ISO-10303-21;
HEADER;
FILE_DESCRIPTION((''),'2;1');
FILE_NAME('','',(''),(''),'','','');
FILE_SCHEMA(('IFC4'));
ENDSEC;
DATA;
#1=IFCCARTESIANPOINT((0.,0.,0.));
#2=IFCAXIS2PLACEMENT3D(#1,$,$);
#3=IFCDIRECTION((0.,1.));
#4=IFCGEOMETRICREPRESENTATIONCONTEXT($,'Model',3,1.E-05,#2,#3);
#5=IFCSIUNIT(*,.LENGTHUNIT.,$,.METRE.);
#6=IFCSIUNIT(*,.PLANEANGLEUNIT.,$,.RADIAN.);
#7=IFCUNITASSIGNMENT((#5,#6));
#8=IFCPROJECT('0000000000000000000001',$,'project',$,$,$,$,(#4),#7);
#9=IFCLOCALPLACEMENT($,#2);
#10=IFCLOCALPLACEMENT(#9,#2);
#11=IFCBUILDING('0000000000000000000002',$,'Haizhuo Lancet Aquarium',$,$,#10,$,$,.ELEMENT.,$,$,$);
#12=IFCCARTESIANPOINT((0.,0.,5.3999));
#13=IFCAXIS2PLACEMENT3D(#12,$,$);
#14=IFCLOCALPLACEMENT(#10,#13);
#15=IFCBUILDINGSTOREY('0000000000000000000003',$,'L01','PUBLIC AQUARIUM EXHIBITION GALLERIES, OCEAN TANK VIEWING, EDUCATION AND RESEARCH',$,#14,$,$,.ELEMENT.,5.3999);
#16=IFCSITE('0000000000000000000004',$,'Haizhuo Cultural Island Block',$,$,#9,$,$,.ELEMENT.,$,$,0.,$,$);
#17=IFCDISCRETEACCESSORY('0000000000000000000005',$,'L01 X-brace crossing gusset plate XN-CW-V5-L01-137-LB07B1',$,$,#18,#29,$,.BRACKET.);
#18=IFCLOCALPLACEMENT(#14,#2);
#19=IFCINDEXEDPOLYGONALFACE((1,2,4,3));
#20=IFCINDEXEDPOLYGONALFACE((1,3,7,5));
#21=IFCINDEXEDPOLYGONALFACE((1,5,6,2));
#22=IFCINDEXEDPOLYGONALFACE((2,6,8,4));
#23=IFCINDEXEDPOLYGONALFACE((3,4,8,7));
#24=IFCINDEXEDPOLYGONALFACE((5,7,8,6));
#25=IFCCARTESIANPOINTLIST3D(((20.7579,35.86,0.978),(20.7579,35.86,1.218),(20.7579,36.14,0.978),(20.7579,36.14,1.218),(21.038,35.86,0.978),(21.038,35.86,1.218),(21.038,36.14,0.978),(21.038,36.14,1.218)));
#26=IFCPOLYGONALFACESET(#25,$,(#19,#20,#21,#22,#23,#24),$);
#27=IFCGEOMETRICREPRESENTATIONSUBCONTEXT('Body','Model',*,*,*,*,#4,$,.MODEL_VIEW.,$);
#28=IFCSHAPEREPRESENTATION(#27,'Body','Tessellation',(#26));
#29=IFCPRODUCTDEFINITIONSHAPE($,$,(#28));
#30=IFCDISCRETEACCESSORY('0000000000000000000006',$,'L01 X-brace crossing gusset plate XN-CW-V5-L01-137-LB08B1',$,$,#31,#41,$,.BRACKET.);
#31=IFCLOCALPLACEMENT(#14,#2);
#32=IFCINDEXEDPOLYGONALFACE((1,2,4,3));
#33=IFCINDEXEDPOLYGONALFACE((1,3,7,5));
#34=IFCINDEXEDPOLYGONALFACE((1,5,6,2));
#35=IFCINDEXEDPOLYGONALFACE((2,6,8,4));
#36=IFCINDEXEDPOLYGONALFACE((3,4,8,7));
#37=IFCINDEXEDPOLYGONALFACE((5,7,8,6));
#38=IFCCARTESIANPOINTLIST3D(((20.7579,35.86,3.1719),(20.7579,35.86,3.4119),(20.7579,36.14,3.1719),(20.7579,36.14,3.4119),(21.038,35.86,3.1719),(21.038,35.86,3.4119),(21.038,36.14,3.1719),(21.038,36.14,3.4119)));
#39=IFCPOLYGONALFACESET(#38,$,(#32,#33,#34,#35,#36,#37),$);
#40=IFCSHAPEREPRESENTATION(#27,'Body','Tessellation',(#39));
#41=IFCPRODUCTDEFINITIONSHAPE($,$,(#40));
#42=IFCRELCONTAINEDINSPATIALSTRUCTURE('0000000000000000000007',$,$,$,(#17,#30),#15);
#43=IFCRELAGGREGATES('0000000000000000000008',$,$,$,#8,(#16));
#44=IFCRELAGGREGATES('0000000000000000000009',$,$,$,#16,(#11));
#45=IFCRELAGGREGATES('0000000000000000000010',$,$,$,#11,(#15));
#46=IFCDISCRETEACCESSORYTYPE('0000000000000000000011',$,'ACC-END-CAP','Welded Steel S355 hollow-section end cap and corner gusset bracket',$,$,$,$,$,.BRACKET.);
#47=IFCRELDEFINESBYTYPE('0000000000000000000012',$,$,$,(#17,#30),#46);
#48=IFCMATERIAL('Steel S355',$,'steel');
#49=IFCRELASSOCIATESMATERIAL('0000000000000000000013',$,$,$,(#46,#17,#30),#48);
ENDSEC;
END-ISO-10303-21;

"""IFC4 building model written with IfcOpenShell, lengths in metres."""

from ifc_helpers import new_model, si_unit, direction, frame, origin, origin_2d, place, context, subcontext, project, spatial, rectangle, extrude, material, type_object, element, save


model = new_model("IFC4")

# Units and contexts
model_context = context("Model", 3, precision=1e-05, world=origin(), true_north=direction((0.0, 1.0)))
body_context = subcontext(model_context, "Body", "Model", "MODEL_VIEW")
ifc_project = project(units=[si_unit("LENGTHUNIT", "METRE"), si_unit("PLANEANGLEUNIT", "RADIAN")], contexts=[model_context])

# Site, building, storey
site_placement = place(None, origin())
site = spatial("IfcSite", under=ifc_project, at=site_placement, Name="Haizhuo Cultural Island Block", CompositionType="ELEMENT", RefElevation=0.0)
building_placement = place(site_placement, origin())
building = spatial("IfcBuilding", under=site, at=building_placement, Name="Haizhuo Lancet Aquarium", CompositionType="ELEMENT")
storey_placement = place(building_placement, frame((0.0, 0.0, 5.3999)))
storey = spatial("IfcBuildingStorey", under=building, at=storey_placement, Name="L01", Description="PUBLIC AQUARIUM EXHIBITION GALLERIES, OCEAN TANK VIEWING, EDUCATION AND RESEARCH", CompositionType="ELEMENT", Elevation=5.3999)

# Shared definitions
ifc_material_1 = material(Name="Steel S355", Category="steel")

# Discrete accessories
discrete_accessory_type = type_object("IfcDiscreteAccessoryType", Name="ACC-END-CAP", Description="Welded Steel S355 hollow-section end cap and corner gusset bracket", PredefinedType="BRACKET", material=ifc_material_1)
for number, where, z_axis, x_axis, name in (
    (1, (20.8979, 36.0, 0.978), (0.0, 0.0, 1.0), (1.0, 0.0, 0.0), "L01 X-brace crossing gusset plate XN-CW-V5-L01-137-LB07B1"),
    (2, (20.8979, 36.0, 3.1719), (0.0, 0.0, 1.0), (1.0, 0.0, 0.0), "L01 X-brace crossing gusset plate XN-CW-V5-L01-137-LB08B1"),
):
    element("IfcDiscreteAccessory", number, at=place(storey_placement, frame(where, z_axis=z_axis, x_axis=x_axis)), inside=storey, type_object=discrete_accessory_type, material=ifc_material_1, Name=name, PredefinedType="BRACKET", context=body_context, shape_type="SweptSolid", body=[
        extrude(rectangle(XDim=0.28, YDim=0.28, at=origin_2d()), origin(), (0.0, 0.0, 1.0), 0.24),
    ])

save(model, "model.ifc")
